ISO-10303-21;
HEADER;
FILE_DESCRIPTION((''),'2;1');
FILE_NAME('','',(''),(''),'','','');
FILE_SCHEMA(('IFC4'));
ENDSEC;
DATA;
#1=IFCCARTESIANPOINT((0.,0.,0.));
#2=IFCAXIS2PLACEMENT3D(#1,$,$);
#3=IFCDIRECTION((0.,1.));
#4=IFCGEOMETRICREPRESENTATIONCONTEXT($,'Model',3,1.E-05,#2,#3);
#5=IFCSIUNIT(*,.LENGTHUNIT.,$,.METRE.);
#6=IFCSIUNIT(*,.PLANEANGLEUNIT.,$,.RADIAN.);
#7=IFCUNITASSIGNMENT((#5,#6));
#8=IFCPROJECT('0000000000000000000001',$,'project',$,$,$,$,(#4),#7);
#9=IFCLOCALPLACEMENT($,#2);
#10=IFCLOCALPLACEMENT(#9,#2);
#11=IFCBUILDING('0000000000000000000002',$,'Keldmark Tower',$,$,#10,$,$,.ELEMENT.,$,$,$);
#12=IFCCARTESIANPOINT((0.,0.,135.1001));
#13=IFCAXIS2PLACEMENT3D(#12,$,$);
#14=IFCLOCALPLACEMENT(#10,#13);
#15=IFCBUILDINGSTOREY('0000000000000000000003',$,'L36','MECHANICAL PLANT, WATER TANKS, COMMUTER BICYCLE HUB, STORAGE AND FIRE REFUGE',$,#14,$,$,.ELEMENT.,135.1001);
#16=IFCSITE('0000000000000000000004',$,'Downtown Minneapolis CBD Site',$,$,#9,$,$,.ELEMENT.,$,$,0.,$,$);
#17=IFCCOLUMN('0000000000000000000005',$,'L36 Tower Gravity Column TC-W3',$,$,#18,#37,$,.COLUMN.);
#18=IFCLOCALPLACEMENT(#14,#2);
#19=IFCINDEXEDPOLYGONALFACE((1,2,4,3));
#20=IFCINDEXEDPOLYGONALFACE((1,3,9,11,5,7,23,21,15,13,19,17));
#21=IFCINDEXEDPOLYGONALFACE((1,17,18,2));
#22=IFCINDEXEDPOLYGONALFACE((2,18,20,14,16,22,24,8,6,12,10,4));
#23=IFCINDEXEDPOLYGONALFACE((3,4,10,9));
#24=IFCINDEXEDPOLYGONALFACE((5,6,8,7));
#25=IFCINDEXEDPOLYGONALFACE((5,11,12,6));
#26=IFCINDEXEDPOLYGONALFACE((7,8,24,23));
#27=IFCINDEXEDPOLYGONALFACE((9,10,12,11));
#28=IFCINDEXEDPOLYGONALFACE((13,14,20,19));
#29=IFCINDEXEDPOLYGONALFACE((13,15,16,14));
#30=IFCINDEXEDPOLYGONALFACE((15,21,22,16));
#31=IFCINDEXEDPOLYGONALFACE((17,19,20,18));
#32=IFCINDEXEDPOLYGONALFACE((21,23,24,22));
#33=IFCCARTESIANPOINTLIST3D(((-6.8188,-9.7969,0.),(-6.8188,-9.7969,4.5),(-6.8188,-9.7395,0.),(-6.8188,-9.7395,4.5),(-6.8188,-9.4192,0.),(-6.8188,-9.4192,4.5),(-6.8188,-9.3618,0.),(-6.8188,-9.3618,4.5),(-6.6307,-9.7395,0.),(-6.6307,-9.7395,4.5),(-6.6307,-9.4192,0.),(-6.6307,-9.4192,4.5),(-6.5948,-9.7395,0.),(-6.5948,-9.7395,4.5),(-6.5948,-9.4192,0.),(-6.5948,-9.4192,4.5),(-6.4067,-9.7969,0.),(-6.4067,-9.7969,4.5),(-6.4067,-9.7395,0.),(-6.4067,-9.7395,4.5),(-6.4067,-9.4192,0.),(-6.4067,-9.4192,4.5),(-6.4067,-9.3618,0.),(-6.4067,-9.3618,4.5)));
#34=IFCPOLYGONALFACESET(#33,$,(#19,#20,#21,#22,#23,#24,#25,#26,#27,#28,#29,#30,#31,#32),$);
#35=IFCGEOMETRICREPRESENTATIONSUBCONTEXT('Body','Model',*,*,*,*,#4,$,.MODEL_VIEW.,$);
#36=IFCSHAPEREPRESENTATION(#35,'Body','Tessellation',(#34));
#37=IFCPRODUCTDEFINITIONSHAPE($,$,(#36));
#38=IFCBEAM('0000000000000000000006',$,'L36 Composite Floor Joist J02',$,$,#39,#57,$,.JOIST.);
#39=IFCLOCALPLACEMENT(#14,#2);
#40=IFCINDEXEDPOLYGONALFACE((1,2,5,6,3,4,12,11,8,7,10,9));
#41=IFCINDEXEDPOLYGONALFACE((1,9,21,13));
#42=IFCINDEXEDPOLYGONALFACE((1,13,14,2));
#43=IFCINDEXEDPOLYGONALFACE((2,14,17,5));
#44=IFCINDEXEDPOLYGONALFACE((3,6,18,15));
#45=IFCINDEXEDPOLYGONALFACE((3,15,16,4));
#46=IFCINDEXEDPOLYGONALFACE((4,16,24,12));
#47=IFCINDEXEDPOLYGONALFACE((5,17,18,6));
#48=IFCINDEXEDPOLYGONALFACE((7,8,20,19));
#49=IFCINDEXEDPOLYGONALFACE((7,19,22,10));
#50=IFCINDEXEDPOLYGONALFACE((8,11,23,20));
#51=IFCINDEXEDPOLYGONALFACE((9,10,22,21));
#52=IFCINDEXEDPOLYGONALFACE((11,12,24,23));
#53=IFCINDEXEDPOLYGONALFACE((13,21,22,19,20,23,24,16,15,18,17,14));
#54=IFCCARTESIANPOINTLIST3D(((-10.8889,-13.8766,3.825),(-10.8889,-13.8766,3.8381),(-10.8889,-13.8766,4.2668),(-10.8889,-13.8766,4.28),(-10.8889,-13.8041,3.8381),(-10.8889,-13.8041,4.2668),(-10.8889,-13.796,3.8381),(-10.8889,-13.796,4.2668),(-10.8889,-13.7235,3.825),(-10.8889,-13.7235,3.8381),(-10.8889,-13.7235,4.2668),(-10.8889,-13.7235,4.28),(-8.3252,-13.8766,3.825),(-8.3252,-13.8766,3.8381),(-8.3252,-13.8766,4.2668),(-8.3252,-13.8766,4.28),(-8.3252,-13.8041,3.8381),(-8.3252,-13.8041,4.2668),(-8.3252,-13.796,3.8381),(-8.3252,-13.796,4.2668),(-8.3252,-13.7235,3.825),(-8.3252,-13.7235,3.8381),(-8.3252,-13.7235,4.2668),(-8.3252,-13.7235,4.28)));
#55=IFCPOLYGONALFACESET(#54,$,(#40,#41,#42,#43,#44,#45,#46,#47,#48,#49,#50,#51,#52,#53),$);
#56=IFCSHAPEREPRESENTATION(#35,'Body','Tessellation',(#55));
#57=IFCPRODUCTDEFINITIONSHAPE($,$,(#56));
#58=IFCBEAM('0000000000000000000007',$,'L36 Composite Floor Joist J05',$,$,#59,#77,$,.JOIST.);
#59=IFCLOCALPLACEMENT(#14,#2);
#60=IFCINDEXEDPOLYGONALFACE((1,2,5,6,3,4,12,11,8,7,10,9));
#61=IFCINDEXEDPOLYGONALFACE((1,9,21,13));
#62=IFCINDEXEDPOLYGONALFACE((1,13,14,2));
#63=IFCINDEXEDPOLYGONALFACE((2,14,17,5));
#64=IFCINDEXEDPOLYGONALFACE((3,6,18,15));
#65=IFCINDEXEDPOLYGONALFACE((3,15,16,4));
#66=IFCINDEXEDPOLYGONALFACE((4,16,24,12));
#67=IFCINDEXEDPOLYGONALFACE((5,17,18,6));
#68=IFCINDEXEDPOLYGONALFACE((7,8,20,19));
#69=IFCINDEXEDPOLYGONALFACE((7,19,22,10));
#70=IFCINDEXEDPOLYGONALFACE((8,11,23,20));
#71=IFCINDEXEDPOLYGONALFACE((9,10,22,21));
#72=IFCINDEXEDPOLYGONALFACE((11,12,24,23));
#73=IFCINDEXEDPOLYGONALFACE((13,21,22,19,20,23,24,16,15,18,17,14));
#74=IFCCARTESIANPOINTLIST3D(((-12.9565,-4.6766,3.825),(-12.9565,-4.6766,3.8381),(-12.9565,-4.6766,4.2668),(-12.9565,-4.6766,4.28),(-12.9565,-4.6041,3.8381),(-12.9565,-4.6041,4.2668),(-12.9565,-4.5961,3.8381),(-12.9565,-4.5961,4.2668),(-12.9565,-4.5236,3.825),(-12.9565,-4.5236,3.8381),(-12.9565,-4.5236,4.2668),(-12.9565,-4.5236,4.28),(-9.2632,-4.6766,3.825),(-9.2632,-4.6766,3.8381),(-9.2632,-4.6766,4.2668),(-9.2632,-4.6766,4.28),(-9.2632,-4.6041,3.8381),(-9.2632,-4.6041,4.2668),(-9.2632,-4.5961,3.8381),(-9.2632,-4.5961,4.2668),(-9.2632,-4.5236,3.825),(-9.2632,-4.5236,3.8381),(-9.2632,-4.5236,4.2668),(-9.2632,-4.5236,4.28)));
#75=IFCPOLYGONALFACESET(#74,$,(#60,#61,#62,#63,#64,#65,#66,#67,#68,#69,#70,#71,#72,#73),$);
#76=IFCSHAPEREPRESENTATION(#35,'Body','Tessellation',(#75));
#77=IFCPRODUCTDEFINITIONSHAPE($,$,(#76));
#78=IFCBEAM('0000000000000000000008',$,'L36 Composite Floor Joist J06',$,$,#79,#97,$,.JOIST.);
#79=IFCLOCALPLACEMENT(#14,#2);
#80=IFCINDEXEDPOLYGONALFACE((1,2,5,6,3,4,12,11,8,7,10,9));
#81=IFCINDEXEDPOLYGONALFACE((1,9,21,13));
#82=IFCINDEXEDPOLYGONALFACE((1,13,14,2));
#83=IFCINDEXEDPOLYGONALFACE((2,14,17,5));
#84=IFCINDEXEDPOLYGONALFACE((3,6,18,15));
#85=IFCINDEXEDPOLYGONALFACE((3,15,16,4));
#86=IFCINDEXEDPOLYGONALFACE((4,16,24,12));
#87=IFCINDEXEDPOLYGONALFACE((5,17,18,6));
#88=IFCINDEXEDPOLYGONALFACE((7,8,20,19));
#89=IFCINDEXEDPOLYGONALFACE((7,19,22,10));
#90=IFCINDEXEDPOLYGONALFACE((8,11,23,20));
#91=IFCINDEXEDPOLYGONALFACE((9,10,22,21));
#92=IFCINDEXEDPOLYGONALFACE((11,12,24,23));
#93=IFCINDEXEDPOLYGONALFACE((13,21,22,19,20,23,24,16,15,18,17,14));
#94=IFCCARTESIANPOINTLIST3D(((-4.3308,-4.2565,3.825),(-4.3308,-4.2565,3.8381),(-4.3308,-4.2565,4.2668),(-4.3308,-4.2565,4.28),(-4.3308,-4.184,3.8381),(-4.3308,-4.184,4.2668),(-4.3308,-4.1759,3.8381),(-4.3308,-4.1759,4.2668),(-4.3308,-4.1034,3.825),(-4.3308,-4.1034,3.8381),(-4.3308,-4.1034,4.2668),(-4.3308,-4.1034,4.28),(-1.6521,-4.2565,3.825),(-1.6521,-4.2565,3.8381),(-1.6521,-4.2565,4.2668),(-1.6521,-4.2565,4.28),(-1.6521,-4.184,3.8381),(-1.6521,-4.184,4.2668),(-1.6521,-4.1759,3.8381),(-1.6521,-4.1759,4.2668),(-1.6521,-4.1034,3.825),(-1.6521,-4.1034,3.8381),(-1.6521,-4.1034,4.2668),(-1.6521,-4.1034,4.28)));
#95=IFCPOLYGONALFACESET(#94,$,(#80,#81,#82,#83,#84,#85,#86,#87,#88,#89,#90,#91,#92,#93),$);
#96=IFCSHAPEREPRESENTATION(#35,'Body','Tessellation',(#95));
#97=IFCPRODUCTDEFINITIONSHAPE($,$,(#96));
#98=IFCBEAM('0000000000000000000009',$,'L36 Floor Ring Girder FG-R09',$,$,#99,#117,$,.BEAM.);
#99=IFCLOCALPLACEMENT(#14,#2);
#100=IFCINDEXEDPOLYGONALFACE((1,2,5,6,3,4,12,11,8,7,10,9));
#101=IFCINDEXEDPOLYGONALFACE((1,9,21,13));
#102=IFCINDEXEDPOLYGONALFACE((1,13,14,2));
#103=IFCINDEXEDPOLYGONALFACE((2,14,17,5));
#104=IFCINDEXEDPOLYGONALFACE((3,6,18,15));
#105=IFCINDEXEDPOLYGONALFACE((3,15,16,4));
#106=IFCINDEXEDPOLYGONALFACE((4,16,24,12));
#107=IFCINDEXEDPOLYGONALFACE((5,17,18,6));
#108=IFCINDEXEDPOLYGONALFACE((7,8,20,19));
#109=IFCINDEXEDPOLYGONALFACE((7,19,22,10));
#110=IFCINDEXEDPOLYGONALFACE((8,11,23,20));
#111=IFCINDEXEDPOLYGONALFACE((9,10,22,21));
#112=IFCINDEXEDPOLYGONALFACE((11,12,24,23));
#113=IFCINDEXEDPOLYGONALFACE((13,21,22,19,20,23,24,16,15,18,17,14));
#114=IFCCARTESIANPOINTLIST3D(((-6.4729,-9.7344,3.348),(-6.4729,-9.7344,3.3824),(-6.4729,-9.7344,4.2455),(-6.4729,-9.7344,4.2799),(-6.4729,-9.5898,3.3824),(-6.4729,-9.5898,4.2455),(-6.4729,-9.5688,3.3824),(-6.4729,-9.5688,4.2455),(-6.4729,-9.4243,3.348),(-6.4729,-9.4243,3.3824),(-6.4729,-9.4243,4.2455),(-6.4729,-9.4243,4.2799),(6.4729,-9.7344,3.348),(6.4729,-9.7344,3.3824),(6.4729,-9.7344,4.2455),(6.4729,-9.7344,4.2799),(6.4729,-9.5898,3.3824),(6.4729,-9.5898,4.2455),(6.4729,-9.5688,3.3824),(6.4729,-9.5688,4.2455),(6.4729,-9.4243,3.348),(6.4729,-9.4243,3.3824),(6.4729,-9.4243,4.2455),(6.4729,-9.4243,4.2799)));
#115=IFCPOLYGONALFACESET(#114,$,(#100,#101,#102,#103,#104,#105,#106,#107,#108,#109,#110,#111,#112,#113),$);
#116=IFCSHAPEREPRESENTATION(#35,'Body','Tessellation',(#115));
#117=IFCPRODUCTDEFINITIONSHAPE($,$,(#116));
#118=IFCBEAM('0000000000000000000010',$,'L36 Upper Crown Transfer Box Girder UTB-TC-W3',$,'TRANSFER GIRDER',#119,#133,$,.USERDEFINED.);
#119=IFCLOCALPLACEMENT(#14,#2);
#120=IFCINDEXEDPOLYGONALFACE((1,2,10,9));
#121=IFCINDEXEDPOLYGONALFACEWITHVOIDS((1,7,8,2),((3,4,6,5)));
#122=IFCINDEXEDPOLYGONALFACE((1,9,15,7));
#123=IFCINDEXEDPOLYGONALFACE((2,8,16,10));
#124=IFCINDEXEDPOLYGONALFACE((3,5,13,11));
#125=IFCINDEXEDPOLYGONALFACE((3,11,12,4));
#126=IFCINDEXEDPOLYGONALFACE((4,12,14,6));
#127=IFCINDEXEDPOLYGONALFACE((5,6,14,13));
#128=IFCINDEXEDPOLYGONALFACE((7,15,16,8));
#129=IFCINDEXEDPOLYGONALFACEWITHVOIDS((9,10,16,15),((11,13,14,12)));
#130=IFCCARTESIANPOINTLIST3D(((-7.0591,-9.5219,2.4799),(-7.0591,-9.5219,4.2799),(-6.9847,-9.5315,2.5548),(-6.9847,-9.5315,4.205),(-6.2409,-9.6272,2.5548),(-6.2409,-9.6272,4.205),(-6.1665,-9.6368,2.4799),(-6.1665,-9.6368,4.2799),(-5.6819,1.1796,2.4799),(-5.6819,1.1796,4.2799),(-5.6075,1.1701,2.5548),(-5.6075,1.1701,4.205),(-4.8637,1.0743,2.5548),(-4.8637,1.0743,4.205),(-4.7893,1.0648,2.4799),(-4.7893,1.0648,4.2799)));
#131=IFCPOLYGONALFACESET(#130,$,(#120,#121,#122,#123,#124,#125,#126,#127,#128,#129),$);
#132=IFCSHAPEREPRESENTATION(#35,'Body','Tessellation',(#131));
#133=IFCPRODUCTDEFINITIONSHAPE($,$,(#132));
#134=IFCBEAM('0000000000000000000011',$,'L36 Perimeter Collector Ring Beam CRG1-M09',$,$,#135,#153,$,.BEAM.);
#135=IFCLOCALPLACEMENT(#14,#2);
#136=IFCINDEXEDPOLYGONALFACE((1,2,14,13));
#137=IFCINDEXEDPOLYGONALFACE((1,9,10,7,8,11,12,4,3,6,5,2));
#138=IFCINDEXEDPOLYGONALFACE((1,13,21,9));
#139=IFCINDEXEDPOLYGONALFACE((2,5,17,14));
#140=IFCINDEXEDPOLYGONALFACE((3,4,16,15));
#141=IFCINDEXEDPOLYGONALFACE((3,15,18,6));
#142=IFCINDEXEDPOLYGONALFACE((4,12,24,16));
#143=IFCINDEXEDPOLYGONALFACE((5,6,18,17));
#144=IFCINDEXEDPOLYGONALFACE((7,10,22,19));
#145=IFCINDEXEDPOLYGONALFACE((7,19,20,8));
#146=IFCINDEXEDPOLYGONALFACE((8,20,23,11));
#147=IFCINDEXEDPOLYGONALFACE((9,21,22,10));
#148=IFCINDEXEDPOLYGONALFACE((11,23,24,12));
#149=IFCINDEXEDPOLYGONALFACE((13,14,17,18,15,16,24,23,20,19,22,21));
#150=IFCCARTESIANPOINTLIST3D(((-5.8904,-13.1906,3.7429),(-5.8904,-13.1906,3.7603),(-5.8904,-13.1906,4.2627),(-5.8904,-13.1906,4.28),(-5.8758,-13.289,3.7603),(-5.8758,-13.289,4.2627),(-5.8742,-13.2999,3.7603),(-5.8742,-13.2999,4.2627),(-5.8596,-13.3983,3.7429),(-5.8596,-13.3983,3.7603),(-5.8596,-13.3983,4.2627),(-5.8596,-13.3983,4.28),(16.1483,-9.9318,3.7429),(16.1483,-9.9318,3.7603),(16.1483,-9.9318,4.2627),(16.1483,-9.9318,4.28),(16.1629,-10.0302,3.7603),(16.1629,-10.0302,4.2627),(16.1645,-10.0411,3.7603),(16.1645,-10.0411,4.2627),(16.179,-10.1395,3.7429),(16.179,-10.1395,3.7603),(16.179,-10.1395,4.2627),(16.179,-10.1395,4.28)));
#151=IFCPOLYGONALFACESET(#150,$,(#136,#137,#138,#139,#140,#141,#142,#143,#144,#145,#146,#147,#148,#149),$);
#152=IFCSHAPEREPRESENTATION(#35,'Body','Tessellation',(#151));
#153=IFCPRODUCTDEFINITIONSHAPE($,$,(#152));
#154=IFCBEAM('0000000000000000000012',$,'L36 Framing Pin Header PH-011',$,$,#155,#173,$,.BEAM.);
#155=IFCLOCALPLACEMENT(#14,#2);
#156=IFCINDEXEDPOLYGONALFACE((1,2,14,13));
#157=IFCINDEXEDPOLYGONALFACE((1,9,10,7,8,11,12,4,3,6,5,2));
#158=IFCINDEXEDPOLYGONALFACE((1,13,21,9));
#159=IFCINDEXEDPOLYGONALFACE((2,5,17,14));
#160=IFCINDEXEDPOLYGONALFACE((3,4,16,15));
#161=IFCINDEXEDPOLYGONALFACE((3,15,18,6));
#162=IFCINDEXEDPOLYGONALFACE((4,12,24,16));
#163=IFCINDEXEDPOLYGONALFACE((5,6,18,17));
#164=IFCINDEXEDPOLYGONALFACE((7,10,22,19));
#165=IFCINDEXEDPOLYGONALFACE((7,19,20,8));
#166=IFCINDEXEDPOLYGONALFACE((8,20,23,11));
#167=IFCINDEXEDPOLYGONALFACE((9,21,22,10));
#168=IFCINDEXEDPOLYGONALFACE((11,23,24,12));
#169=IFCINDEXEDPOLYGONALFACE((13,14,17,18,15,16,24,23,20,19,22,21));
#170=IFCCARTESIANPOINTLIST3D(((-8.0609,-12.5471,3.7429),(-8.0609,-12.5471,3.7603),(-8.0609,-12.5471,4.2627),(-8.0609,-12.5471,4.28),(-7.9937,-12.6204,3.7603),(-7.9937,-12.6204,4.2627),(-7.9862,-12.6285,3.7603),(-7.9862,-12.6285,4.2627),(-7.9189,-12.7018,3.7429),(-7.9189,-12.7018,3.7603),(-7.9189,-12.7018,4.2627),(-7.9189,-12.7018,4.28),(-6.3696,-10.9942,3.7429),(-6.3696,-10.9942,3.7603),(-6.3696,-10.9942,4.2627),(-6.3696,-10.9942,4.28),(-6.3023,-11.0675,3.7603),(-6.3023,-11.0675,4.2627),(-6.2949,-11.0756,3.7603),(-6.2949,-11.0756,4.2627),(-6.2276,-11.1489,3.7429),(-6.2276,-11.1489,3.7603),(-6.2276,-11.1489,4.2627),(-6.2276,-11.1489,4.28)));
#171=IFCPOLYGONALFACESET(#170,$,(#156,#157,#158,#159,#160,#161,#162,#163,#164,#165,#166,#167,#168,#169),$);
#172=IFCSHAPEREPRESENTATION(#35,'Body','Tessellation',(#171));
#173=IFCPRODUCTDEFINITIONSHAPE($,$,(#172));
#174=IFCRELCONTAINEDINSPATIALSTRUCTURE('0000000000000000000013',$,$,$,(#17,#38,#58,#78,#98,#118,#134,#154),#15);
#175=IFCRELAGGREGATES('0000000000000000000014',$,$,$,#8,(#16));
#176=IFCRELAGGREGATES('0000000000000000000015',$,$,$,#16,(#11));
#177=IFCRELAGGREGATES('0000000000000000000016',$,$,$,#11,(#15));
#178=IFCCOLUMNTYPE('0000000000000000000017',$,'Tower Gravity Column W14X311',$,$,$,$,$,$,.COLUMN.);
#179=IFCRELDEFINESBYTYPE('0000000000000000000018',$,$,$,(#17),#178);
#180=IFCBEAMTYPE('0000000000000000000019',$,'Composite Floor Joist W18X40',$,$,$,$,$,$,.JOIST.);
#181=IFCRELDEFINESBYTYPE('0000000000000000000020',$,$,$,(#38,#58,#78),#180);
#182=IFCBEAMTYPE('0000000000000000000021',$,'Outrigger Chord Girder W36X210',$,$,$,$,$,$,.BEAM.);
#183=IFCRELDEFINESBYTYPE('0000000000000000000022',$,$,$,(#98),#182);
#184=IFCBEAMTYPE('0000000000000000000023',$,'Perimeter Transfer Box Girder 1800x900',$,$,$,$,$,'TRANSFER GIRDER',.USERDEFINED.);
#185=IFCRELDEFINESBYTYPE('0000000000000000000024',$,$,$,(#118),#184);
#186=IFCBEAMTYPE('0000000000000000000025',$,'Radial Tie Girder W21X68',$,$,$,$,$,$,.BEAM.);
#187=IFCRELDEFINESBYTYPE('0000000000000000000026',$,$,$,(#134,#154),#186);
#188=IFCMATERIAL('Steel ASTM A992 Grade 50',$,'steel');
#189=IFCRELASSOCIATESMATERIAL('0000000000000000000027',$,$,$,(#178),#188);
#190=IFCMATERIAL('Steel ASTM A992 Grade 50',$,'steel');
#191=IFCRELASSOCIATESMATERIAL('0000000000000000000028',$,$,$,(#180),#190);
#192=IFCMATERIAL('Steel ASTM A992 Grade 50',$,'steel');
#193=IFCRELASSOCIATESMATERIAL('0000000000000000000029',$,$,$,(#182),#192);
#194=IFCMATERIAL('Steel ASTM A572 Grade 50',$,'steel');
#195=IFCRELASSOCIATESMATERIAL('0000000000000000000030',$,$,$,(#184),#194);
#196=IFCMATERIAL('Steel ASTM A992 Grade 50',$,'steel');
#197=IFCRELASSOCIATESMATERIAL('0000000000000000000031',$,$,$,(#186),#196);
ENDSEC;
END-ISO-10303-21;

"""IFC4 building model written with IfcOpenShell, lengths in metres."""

from ifc_helpers import new_model, si_unit, direction, frame, origin, origin_2d, place, context, subcontext, project, spatial, hollow_rectangle, i_section, extrude, material, material_profile, profile_set, type_object, element, save


model = new_model("IFC4")

# Units and contexts
model_context = context("Model", 3, precision=1e-05, world=origin(), true_north=direction((0.0, 1.0)))
body_context = subcontext(model_context, "Body", "Model", "MODEL_VIEW")
ifc_project = project(units=[si_unit("LENGTHUNIT", "METRE"), si_unit("PLANEANGLEUNIT", "RADIAN")], contexts=[model_context])

# Site, building, storey
site_placement = place(None, origin())
site = spatial("IfcSite", under=ifc_project, at=site_placement, Name="Downtown Minneapolis CBD Site", CompositionType="ELEMENT", RefElevation=0.0)
building_placement = place(site_placement, origin())
building = spatial("IfcBuilding", under=site, at=building_placement, Name="Keldmark Tower", CompositionType="ELEMENT")
storey_placement = place(building_placement, frame((0.0, 0.0, 135.1001)))
storey = spatial("IfcBuildingStorey", under=building, at=storey_placement, Name="L36", Description="MECHANICAL PLANT, WATER TANKS, COMMUTER BICYCLE HUB, STORAGE AND FIRE REFUGE", CompositionType="ELEMENT", Elevation=135.1001)

# Column
ifc_material_1 = material(Name="Steel ASTM A992 Grade 50", Category="steel")
ifc_material_profile_1 = material_profile(ifc_material_1, i_section(OverallWidth=0.4121, OverallDepth=0.4351, WebThickness=0.0359, FlangeThickness=0.0574, at=origin_2d()), Name="W14X311")
ifc_profile_set_1 = profile_set([ifc_material_profile_1], Name="Steel ASTM A992 Grade 50")
column_type = type_object("IfcColumnType", Name="Tower Gravity Column W14X311", PredefinedType="COLUMN", material=ifc_profile_set_1)
column_placement = place(storey_placement, frame((-6.6128, -9.5793, 0.0), z_axis=(0.0, 0.0, 1.0), x_axis=(1.0, 0.0, 0.0)))
element("IfcColumn", 1, at=column_placement, inside=storey, type_object=column_type, Name="L36 Tower Gravity Column TC-W3", PredefinedType="COLUMN", context=body_context, shape_type="SweptSolid", body=[
    extrude(i_section(OverallWidth=0.4121, OverallDepth=0.4351, WebThickness=0.0359, FlangeThickness=0.0574, at=origin_2d()), origin(), (0.0, 0.0, 1.0), 4.5),
])

# Beams
ifc_material_2 = material(Name="Steel ASTM A992 Grade 50", Category="steel")
ifc_material_profile_2 = material_profile(ifc_material_2, i_section(OverallWidth=0.1531, OverallDepth=0.4551, WebThickness=0.0081, FlangeThickness=0.0132, at=origin_2d()), Name="W18X40")
ifc_profile_set_2 = profile_set([ifc_material_profile_2], Name="Steel ASTM A992 Grade 50")
beam_type_1 = type_object("IfcBeamType", Name="Composite Floor Joist W18X40", PredefinedType="JOIST", material=ifc_profile_set_2)
beam_1_placement = place(storey_placement, frame((-10.8889, -13.8, 4.0525), z_axis=(1.0, 0.0, 0.0), x_axis=(0.0, 1.0, 0.0)))
element("IfcBeam", 2, at=beam_1_placement, inside=storey, type_object=beam_type_1, Name="L36 Composite Floor Joist J02", PredefinedType="JOIST", context=body_context, shape_type="SweptSolid", body=[
    extrude(i_section(OverallWidth=0.1531, OverallDepth=0.4551, WebThickness=0.0081, FlangeThickness=0.0132, at=origin_2d()), origin(), (0.0, 0.0, 1.0), 2.5637),
])
beam_2_placement = place(storey_placement, frame((-12.9565, -4.6001, 4.0525), z_axis=(1.0, 0.0, 0.0), x_axis=(0.0, 1.0, 0.0)))
element("IfcBeam", 3, at=beam_2_placement, inside=storey, type_object=beam_type_1, Name="L36 Composite Floor Joist J05", PredefinedType="JOIST", context=body_context, shape_type="SweptSolid", body=[
    extrude(i_section(OverallWidth=0.1531, OverallDepth=0.4551, WebThickness=0.0081, FlangeThickness=0.0132, at=origin_2d()), origin(), (0.0, 0.0, 1.0), 3.6934),
])
beam_3_placement = place(storey_placement, frame((-4.3308, -4.1799, 4.0525), z_axis=(1.0, 0.0, 0.0), x_axis=(0.0, 1.0, 0.0)))
element("IfcBeam", 4, at=beam_3_placement, inside=storey, type_object=beam_type_1, Name="L36 Composite Floor Joist J06", PredefinedType="JOIST", context=body_context, shape_type="SweptSolid", body=[
    extrude(i_section(OverallWidth=0.1531, OverallDepth=0.4551, WebThickness=0.0081, FlangeThickness=0.0132, at=origin_2d()), origin(), (0.0, 0.0, 1.0), 2.6787),
])
ifc_material_3 = material(Name="Steel ASTM A992 Grade 50", Category="steel")
ifc_material_profile_3 = material_profile(ifc_material_3, i_section(OverallWidth=0.3101, OverallDepth=0.9319, WebThickness=0.021, FlangeThickness=0.0344, at=origin_2d()), Name="W36X210")
ifc_profile_set_3 = profile_set([ifc_material_profile_3], Name="Steel ASTM A992 Grade 50")
beam_type_2 = type_object("IfcBeamType", Name="Outrigger Chord Girder W36X210", PredefinedType="BEAM", material=ifc_profile_set_3)
beam_4_placement = place(storey_placement, frame((-6.4729, -9.5793, 3.814), z_axis=(1.0, 0.0, 0.0), x_axis=(0.0, 1.0, 0.0)))
element("IfcBeam", 5, at=beam_4_placement, inside=storey, type_object=beam_type_2, Name="L36 Floor Ring Girder FG-R09", PredefinedType="BEAM", context=body_context, shape_type="SweptSolid", body=[
    extrude(i_section(OverallWidth=0.3101, OverallDepth=0.9319, WebThickness=0.021, FlangeThickness=0.0344, at=origin_2d()), origin(), (0.0, 0.0, 1.0), 12.9458),
])
ifc_material_4 = material(Name="Steel ASTM A572 Grade 50", Category="steel")
ifc_material_profile_4 = material_profile(ifc_material_4, hollow_rectangle(XDim=0.8999, YDim=1.8, WallThickness=0.075, at=origin_2d()), Name="TBOX1800X900X75")
ifc_profile_set_4 = profile_set([ifc_material_profile_4], Name="Steel ASTM A572 Grade 50")
beam_type_3 = type_object("IfcBeamType", Name="Perimeter Transfer Box Girder 1800x900", ElementType="TRANSFER GIRDER", PredefinedType="USERDEFINED", material=ifc_profile_set_4)
beam_5_placement = place(storey_placement, frame((-6.6128, -9.5793, 3.3799), z_axis=(0.127637, 0.991821, 0.0), x_axis=(-0.991821, 0.127637, 0.0)))
element("IfcBeam", 6, at=beam_5_placement, inside=storey, type_object=beam_type_3, Name="L36 Upper Crown Transfer Box Girder UTB-TC-W3", ObjectType="TRANSFER GIRDER", PredefinedType="USERDEFINED", context=body_context, shape_type="SweptSolid", body=[
    extrude(hollow_rectangle(XDim=0.8999, YDim=1.8, WallThickness=0.075, at=origin_2d()), origin(), (0.0, 0.0, 1.0), 10.7898),
])
ifc_material_5 = material(Name="Steel ASTM A992 Grade 50", Category="steel")
ifc_material_profile_5 = material_profile(ifc_material_5, i_section(OverallWidth=0.21, OverallDepth=0.5371, WebThickness=0.011, FlangeThickness=0.0173, at=origin_2d()), Name="W21X68")
ifc_profile_set_5 = profile_set([ifc_material_profile_5], Name="Steel ASTM A992 Grade 50")
beam_type_4 = type_object("IfcBeamType", Name="Radial Tie Girder W21X68", PredefinedType="BEAM", material=ifc_profile_set_5)
beam_6_placement = place(storey_placement, frame((-5.875, -13.2944, 4.0115), z_axis=(0.989244, 0.146277, 0.0), x_axis=(-0.146277, 0.989244, 0.0)))
element("IfcBeam", 7, at=beam_6_placement, inside=storey, type_object=beam_type_4, Name="L36 Perimeter Collector Ring Beam CRG1-M09", PredefinedType="BEAM", context=body_context, shape_type="SweptSolid", body=[
    extrude(i_section(OverallWidth=0.21, OverallDepth=0.5371, WebThickness=0.011, FlangeThickness=0.0173, at=origin_2d()), origin(), (0.0, 0.0, 1.0), 22.2783),
])
beam_7_placement = place(storey_placement, frame((-6.2986, -11.0715, 4.0115), z_axis=(-0.736607, -0.676321, 0.0), x_axis=(0.676321, -0.736607, 0.0)))
element("IfcBeam", 8, at=beam_7_placement, inside=storey, type_object=beam_type_4, Name="L36 Framing Pin Header PH-011", PredefinedType="BEAM", context=body_context, shape_type="SweptSolid", body=[
    extrude(i_section(OverallWidth=0.21, OverallDepth=0.5371, WebThickness=0.011, FlangeThickness=0.0173, at=origin_2d()), origin(), (0.0, 0.0, 1.0), 2.2961),
])

save(model, "model.ifc")
